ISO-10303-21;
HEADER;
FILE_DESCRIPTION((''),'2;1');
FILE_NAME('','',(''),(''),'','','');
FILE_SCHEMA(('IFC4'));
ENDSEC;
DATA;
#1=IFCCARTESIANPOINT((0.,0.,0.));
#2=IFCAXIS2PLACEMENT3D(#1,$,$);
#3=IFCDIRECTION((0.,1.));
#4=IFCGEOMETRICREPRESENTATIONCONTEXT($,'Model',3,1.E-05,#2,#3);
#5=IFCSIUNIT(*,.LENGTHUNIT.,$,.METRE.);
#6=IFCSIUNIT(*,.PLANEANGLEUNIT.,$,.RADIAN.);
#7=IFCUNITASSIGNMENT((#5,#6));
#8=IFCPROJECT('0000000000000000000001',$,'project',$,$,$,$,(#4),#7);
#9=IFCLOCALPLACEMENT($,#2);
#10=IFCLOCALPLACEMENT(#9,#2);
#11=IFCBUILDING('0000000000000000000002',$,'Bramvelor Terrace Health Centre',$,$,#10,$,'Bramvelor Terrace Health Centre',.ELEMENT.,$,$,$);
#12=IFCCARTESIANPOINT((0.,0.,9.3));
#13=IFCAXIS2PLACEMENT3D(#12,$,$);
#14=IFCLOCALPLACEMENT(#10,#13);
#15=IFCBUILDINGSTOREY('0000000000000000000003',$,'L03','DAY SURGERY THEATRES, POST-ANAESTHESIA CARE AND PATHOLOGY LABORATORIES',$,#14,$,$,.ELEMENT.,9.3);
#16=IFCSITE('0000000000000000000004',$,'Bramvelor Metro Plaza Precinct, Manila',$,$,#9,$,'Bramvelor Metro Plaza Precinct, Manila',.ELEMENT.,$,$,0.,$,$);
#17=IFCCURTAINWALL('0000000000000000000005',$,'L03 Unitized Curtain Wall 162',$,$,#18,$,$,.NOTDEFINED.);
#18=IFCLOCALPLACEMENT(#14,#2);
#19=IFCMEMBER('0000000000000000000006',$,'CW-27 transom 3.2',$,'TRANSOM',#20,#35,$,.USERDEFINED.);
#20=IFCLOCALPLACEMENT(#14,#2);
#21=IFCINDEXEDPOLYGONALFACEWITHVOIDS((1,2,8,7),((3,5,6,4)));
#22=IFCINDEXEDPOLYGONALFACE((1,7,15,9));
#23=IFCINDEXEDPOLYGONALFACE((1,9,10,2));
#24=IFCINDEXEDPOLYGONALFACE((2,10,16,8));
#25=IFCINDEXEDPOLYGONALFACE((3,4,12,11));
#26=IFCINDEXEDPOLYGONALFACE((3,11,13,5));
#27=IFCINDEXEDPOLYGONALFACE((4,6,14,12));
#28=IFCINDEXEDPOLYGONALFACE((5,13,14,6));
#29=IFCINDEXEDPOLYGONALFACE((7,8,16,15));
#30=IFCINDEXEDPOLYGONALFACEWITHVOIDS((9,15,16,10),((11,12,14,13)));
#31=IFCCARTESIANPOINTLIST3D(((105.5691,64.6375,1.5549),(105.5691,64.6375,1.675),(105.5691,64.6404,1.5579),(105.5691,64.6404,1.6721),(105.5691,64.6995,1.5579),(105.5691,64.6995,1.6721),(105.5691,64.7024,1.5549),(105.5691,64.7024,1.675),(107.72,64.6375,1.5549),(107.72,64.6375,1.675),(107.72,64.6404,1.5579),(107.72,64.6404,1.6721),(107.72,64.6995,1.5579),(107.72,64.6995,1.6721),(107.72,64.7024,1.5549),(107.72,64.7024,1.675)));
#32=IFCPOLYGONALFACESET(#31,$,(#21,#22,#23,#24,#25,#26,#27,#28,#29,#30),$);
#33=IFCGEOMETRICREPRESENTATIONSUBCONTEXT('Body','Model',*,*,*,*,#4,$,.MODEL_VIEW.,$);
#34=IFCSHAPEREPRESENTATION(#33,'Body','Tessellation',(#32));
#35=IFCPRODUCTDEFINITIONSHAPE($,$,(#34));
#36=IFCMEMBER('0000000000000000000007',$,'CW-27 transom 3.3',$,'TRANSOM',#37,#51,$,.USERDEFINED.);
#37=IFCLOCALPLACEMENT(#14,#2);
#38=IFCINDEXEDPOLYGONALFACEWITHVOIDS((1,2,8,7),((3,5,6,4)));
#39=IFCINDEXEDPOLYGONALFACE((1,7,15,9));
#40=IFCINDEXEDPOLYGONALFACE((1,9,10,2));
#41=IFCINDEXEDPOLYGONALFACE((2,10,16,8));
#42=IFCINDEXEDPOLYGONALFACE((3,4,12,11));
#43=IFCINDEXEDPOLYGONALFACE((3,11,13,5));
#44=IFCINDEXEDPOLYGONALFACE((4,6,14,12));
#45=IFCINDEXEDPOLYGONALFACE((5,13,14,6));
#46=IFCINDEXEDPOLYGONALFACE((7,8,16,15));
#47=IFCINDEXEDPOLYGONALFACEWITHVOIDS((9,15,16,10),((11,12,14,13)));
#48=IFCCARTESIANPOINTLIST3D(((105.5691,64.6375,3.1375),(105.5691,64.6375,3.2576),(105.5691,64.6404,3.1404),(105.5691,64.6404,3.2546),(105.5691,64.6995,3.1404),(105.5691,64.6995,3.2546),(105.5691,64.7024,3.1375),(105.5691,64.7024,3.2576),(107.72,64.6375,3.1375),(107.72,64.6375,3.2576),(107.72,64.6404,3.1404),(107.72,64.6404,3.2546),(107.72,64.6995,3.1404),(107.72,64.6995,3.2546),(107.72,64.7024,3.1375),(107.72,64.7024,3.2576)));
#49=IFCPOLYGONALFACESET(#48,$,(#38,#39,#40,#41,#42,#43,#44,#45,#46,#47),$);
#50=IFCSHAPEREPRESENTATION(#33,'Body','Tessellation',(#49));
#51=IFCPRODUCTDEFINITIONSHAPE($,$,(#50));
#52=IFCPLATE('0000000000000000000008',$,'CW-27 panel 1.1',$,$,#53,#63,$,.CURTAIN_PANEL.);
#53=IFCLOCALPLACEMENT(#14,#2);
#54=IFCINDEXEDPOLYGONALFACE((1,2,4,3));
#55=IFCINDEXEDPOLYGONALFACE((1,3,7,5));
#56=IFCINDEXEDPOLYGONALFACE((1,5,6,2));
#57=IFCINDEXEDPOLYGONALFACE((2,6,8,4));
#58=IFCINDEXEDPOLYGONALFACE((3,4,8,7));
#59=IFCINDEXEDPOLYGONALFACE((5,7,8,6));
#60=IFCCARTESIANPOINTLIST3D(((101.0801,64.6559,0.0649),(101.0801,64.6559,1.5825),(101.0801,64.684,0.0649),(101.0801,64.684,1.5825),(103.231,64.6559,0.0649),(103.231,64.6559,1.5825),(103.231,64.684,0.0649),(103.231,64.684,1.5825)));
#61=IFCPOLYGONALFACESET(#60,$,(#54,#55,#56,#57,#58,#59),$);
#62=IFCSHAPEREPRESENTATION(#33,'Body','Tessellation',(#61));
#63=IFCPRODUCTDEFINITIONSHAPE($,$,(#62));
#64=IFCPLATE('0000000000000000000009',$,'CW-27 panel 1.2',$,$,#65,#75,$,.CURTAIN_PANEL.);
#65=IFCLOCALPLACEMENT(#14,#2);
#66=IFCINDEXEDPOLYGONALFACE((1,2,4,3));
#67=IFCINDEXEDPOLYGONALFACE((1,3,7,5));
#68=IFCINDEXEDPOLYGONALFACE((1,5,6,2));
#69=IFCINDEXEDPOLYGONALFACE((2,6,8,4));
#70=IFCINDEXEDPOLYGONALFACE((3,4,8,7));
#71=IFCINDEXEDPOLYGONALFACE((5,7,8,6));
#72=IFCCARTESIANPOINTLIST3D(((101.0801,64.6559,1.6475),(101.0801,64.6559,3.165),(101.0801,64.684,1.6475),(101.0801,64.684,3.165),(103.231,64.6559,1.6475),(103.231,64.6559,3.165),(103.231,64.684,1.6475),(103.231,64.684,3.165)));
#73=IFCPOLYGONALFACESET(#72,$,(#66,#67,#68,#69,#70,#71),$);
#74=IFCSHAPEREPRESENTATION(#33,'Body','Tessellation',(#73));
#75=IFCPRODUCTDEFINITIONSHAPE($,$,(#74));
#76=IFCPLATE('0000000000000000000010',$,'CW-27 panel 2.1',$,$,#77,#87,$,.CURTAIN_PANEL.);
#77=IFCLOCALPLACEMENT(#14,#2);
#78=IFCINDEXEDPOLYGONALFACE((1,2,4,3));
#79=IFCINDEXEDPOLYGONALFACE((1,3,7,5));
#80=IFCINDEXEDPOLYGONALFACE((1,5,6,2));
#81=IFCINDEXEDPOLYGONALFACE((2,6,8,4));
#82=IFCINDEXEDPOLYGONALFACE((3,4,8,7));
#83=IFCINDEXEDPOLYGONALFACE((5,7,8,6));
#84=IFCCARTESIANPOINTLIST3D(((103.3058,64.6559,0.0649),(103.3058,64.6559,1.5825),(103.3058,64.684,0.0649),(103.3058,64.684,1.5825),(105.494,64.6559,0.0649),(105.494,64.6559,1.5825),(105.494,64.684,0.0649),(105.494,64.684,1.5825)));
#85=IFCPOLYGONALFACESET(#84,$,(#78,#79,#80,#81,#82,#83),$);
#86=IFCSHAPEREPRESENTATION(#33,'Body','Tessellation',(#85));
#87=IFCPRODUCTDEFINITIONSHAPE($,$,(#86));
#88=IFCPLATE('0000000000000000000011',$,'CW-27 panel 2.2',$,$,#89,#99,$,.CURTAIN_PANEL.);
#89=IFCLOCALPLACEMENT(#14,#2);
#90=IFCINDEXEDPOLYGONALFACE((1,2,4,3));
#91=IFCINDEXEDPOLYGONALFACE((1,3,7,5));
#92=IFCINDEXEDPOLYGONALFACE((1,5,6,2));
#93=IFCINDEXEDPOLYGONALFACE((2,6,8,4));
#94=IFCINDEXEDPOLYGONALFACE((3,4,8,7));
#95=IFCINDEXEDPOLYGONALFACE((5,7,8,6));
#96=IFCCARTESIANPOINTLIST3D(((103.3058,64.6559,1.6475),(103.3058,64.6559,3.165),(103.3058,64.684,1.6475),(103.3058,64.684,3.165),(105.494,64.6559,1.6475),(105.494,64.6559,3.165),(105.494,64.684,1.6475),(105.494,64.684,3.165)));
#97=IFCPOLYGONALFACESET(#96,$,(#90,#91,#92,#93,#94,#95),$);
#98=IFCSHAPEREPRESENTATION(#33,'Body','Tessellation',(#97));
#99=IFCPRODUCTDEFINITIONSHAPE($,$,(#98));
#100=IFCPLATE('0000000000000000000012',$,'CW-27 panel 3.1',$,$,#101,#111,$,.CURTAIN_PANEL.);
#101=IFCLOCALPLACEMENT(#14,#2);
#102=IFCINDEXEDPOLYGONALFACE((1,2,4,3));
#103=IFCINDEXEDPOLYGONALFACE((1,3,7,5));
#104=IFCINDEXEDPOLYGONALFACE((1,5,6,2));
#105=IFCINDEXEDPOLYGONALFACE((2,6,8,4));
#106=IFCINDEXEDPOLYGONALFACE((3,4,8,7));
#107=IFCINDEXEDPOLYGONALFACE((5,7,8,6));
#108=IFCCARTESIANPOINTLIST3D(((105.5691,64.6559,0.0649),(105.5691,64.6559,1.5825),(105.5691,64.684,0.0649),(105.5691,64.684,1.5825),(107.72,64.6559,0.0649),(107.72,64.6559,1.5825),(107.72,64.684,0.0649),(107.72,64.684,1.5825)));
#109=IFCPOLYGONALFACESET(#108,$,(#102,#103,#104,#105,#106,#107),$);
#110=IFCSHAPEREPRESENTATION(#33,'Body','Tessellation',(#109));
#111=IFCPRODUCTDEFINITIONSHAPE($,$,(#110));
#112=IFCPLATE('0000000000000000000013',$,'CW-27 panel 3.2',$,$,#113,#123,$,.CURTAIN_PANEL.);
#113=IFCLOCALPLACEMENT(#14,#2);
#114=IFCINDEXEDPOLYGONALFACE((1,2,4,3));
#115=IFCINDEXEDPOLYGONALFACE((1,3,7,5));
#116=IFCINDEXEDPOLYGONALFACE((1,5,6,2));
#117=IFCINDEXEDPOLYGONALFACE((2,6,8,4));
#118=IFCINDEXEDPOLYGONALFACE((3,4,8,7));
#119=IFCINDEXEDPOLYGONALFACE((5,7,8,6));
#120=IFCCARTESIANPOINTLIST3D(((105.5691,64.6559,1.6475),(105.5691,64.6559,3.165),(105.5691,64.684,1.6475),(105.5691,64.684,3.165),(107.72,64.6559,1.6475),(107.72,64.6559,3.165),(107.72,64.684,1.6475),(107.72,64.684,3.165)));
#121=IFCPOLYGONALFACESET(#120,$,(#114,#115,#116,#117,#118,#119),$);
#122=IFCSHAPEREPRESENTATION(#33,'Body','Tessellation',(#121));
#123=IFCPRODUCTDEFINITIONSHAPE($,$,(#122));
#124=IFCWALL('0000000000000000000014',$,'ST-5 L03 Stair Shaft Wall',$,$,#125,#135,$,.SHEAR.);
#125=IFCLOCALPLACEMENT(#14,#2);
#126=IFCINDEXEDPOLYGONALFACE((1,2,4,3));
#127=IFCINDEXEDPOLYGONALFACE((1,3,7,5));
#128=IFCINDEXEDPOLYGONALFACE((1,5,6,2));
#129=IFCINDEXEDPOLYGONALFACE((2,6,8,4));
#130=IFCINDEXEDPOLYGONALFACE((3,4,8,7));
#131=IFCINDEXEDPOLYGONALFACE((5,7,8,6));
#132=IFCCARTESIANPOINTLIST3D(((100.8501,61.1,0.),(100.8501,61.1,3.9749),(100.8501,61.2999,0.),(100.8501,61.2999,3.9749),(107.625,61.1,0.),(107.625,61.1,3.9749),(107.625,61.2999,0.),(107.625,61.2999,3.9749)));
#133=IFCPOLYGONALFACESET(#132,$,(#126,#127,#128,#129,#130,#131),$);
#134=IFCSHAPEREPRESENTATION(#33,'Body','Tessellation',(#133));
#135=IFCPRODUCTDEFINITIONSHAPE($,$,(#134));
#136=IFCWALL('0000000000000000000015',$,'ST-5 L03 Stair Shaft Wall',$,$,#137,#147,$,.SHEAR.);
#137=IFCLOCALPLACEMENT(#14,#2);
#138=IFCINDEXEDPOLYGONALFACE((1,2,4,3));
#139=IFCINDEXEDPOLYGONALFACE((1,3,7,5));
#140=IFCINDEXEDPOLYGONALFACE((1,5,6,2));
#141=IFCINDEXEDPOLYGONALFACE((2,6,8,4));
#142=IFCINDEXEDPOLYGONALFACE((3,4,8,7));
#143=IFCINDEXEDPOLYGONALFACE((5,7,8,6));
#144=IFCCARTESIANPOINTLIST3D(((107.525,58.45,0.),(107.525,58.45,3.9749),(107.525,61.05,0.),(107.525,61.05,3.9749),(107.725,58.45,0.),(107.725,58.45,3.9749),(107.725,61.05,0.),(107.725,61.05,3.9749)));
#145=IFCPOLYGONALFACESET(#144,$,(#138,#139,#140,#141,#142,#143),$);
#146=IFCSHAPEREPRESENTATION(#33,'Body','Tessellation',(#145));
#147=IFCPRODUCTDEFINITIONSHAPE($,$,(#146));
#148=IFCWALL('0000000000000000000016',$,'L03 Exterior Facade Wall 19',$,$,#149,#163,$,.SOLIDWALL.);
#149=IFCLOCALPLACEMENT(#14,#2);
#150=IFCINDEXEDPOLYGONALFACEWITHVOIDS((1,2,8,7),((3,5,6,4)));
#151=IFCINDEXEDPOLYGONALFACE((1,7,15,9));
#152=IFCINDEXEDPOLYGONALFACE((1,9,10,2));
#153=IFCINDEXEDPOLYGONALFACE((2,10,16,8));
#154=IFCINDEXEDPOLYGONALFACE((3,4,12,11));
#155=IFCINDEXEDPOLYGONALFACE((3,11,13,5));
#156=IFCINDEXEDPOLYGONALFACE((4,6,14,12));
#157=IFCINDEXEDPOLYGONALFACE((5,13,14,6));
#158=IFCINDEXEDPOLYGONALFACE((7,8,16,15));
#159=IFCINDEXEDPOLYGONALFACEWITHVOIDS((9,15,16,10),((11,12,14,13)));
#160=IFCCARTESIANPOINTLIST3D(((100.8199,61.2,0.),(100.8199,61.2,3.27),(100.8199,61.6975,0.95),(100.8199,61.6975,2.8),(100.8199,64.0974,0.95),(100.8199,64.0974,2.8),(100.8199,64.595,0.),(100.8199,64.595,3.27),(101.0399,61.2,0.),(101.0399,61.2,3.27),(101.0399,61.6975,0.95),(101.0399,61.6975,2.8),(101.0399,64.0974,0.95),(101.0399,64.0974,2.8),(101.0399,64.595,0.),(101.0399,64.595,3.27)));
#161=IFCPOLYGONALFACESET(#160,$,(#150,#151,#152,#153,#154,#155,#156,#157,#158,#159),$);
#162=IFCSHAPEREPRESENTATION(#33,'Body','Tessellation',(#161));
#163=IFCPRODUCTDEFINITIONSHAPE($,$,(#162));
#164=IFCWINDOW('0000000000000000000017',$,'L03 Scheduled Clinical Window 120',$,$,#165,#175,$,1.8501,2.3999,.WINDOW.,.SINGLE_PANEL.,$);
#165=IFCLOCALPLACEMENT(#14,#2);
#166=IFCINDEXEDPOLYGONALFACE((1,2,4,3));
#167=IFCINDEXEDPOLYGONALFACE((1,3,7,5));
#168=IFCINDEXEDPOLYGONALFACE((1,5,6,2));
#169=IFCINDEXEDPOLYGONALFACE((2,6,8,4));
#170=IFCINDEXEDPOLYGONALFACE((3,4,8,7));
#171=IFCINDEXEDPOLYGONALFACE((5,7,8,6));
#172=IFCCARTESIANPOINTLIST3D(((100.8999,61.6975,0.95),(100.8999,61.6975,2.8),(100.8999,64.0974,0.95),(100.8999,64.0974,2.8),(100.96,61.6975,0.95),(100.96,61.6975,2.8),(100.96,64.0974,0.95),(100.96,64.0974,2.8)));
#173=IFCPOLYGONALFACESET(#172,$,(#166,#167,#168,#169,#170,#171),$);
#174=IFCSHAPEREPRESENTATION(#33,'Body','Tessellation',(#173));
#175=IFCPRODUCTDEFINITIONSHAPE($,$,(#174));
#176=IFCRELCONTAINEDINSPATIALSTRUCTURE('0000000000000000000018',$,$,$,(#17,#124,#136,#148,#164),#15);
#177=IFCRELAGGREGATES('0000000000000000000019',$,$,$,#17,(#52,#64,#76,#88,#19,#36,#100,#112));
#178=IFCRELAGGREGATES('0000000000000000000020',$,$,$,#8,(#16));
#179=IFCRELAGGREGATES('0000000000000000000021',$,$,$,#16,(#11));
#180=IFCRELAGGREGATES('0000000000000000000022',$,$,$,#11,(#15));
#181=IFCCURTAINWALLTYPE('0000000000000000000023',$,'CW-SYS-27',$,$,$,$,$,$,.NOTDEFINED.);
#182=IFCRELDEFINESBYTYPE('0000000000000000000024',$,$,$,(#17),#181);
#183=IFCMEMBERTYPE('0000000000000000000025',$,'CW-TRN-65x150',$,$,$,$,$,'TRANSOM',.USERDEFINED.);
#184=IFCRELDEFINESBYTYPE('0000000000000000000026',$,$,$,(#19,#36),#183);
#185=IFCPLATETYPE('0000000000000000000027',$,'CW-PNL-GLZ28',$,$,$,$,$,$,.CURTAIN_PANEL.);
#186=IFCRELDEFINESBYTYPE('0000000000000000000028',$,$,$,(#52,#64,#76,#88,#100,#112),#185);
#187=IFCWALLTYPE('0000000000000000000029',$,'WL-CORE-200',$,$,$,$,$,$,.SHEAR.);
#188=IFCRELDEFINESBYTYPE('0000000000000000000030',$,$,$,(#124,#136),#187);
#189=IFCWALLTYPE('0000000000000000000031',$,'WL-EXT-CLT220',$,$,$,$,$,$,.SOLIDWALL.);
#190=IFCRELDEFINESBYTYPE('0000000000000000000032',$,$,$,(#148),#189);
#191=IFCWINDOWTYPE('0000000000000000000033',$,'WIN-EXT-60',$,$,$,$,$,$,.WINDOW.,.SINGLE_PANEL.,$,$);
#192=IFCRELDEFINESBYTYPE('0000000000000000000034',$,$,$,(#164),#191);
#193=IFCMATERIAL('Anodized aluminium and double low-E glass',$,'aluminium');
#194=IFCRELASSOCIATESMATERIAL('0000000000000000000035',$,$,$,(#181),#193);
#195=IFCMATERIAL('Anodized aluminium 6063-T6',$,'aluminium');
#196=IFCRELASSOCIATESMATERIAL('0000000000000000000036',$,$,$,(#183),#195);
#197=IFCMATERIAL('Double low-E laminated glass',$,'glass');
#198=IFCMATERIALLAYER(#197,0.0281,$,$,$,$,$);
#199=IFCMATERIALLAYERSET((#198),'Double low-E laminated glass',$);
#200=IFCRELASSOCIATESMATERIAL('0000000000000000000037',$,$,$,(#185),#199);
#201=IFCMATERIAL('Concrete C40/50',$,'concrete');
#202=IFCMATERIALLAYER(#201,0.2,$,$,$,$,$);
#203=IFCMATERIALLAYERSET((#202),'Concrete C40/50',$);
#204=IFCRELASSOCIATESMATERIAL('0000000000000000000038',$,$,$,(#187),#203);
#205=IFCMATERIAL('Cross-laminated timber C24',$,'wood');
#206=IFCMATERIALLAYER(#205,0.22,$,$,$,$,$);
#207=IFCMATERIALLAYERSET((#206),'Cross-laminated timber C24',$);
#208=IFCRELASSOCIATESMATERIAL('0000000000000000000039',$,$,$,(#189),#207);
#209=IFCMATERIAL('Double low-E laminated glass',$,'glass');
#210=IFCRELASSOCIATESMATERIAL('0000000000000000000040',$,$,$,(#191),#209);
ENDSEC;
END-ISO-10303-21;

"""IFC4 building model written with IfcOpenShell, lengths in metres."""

from ifc_helpers import new_model, si_unit, direction, frame, frame_2d, origin, origin_2d, place, context, subcontext, project, spatial, rectangle, hollow_rectangle, extrude, material, layer, layer_set, material_profile, profile_set, type_object, element, fill, aggregate, save


model = new_model("IFC4")

# Units and contexts
model_context = context("Model", 3, precision=1e-05, world=origin(), true_north=direction((0.0, 1.0)))
body_context = subcontext(model_context, "Body", "Model", "MODEL_VIEW")
ifc_project = project(units=[si_unit("LENGTHUNIT", "METRE"), si_unit("PLANEANGLEUNIT", "RADIAN")], contexts=[model_context])

# Site, building, storey
site_placement = place(None, origin())
site = spatial("IfcSite", under=ifc_project, at=site_placement, Name="Bramvelor Metro Plaza Precinct, Manila", LongName="Bramvelor Metro Plaza Precinct, Manila", CompositionType="ELEMENT", RefElevation=0.0)
building_placement = place(site_placement, origin())
building = spatial("IfcBuilding", under=site, at=building_placement, Name="Bramvelor Terrace Health Centre", LongName="Bramvelor Terrace Health Centre", CompositionType="ELEMENT")
storey_placement = place(building_placement, frame((0.0, 0.0, 9.3)))
storey = spatial("IfcBuildingStorey", under=building, at=storey_placement, Name="L03", Description="DAY SURGERY THEATRES, POST-ANAESTHESIA CARE AND PATHOLOGY LABORATORIES", CompositionType="ELEMENT", Elevation=9.3)

# Curtain wall, members, plates
ifc_material_1 = material(Name="Anodized aluminium and double low-E glass", Category="aluminium")
curtain_wall_type = type_object("IfcCurtainWallType", Name="CW-SYS-27", PredefinedType="NOTDEFINED", material=ifc_material_1)
curtain_wall_placement = place(storey_placement, origin())
curtain_wall = element("IfcCurtainWall", 1, at=curtain_wall_placement, inside=storey, type_object=curtain_wall_type, Name="L03 Unitized Curtain Wall 162", PredefinedType="NOTDEFINED")
ifc_material_2 = material(Name="Anodized aluminium 6063-T6", Category="aluminium")
ifc_material_profile_1 = material_profile(ifc_material_2, hollow_rectangle(XDim=0.0649, YDim=0.1201, WallThickness=0.0029, at=origin_2d()), Name="ALU-TRN 65x120x3.0")
ifc_profile_set_1 = profile_set([ifc_material_profile_1], Name="Anodized aluminium 6063-T6")
member_type_1 = type_object("IfcMemberType", Name="CW-TRN-65x150", ElementType="TRANSOM", PredefinedType="USERDEFINED", material=ifc_profile_set_1)
member_1_placement = place(storey_placement, frame((105.5691, 64.6699, 1.615), z_axis=(1.0, 0.0, 0.0), x_axis=(0.0, 1.0, 0.0)))
member_1 = element("IfcMember", 2, at=member_1_placement, type_object=member_type_1, Name="CW-27 transom 3.2", ObjectType="TRANSOM", PredefinedType="USERDEFINED", context=body_context, shape_type="SweptSolid", body=[
    extrude(hollow_rectangle(XDim=0.0649, YDim=0.1201, WallThickness=0.0029, at=origin_2d()), origin(), (0.0, 0.0, 1.0), 2.1509),
])
member_2_placement = place(storey_placement, frame((105.5691, 64.6699, 3.1975), z_axis=(1.0, 0.0, 0.0), x_axis=(0.0, 1.0, 0.0)))
member_2 = element("IfcMember", 3, at=member_2_placement, type_object=member_type_1, Name="CW-27 transom 3.3", ObjectType="TRANSOM", PredefinedType="USERDEFINED", context=body_context, shape_type="SweptSolid", body=[
    extrude(hollow_rectangle(XDim=0.0649, YDim=0.1201, WallThickness=0.0029, at=origin_2d()), origin(), (0.0, 0.0, 1.0), 2.1509),
])
ifc_material_3 = material(Name="Double low-E laminated glass", Category="glass")
ifc_layer_1 = layer(ifc_material_3, 0.0281)
ifc_layer_set_1 = layer_set([ifc_layer_1], Name="Double low-E laminated glass")
plate_type = type_object("IfcPlateType", Name="CW-PNL-GLZ28", PredefinedType="CURTAIN_PANEL", material=ifc_layer_set_1)
plate_1_placement = place(storey_placement, frame((102.1555, 64.6699, 0.0649), z_axis=(0.0, 0.0, 1.0), x_axis=(1.0, 0.0, 0.0)))
plate_1 = element("IfcPlate", 4, at=plate_1_placement, type_object=plate_type, Name="CW-27 panel 1.1", PredefinedType="CURTAIN_PANEL", context=body_context, shape_type="SweptSolid", body=[
    extrude(rectangle(XDim=2.1509, YDim=0.0281, at=origin_2d()), origin(), (0.0, 0.0, 1.0), 1.5176),
])
plate_2_placement = place(storey_placement, frame((102.1555, 64.6699, 1.6475), z_axis=(0.0, 0.0, 1.0), x_axis=(1.0, 0.0, 0.0)))
plate_2 = element("IfcPlate", 5, at=plate_2_placement, type_object=plate_type, Name="CW-27 panel 1.2", PredefinedType="CURTAIN_PANEL", context=body_context, shape_type="SweptSolid", body=[
    extrude(rectangle(XDim=2.1509, YDim=0.0281, at=origin_2d()), origin(), (0.0, 0.0, 1.0), 1.5176),
])
plate_3_placement = place(storey_placement, frame((104.3999, 64.6699, 0.0649), z_axis=(0.0, 0.0, 1.0), x_axis=(1.0, 0.0, 0.0)))
plate_3 = element("IfcPlate", 6, at=plate_3_placement, type_object=plate_type, Name="CW-27 panel 2.1", PredefinedType="CURTAIN_PANEL", context=body_context, shape_type="SweptSolid", body=[
    extrude(rectangle(XDim=2.1882, YDim=0.0281, at=origin_2d()), origin(), (0.0, 0.0, 1.0), 1.5176),
])
plate_4_placement = place(storey_placement, frame((104.3999, 64.6699, 1.6475), z_axis=(0.0, 0.0, 1.0), x_axis=(1.0, 0.0, 0.0)))
plate_4 = element("IfcPlate", 7, at=plate_4_placement, type_object=plate_type, Name="CW-27 panel 2.2", PredefinedType="CURTAIN_PANEL", context=body_context, shape_type="SweptSolid", body=[
    extrude(rectangle(XDim=2.1882, YDim=0.0281, at=origin_2d()), origin(), (0.0, 0.0, 1.0), 1.5176),
])
plate_5_placement = place(storey_placement, frame((106.6445, 64.6699, 0.0649), z_axis=(0.0, 0.0, 1.0), x_axis=(1.0, 0.0, 0.0)))
plate_5 = element("IfcPlate", 8, at=plate_5_placement, type_object=plate_type, Name="CW-27 panel 3.1", PredefinedType="CURTAIN_PANEL", context=body_context, shape_type="SweptSolid", body=[
    extrude(rectangle(XDim=2.1509, YDim=0.0281, at=origin_2d()), origin(), (0.0, 0.0, 1.0), 1.5176),
])
plate_6_placement = place(storey_placement, frame((106.6445, 64.6699, 1.6475), z_axis=(0.0, 0.0, 1.0), x_axis=(1.0, 0.0, 0.0)))
plate_6 = element("IfcPlate", 9, at=plate_6_placement, type_object=plate_type, Name="CW-27 panel 3.2", PredefinedType="CURTAIN_PANEL", context=body_context, shape_type="SweptSolid", body=[
    extrude(rectangle(XDim=2.1509, YDim=0.0281, at=origin_2d()), origin(), (0.0, 0.0, 1.0), 1.5176),
])
aggregate(curtain_wall, [plate_1, plate_2, plate_3, plate_4, member_1, member_2, plate_5, plate_6])

# Walls
ifc_material_4 = material(Name="Concrete C40/50", Category="concrete")
ifc_layer_2 = layer(ifc_material_4, 0.2)
ifc_layer_set_2 = layer_set([ifc_layer_2], Name="Concrete C40/50")
wall_type_1 = type_object("IfcWallType", Name="WL-CORE-200", PredefinedType="SHEAR", material=ifc_layer_set_2)
wall_1_placement = place(storey_placement, frame((100.8501, 61.2, 0.0), z_axis=(0.0, 0.0, 1.0), x_axis=(1.0, 0.0, 0.0)))
element("IfcWall", 10, at=wall_1_placement, inside=storey, type_object=wall_type_1, Name="ST-5 L03 Stair Shaft Wall", PredefinedType="SHEAR", context=body_context, shape_type="SweptSolid", body=[
    extrude(rectangle(XDim=6.7749, YDim=0.2, at=frame_2d((3.3875, 0.0))), origin(), (0.0, 0.0, 1.0), 3.9749),
])
wall_2_placement = place(storey_placement, frame((107.625, 58.45, 0.0), z_axis=(0.0, 0.0, 1.0), x_axis=(0.0, 1.0, 0.0)))
element("IfcWall", 11, at=wall_2_placement, inside=storey, type_object=wall_type_1, Name="ST-5 L03 Stair Shaft Wall", PredefinedType="SHEAR", context=body_context, shape_type="SweptSolid", body=[
    extrude(rectangle(XDim=2.6001, YDim=0.2, at=frame_2d((1.3, 0.0))), origin(), (0.0, 0.0, 1.0), 3.9749),
])

# Wall, opening, window
ifc_material_5 = material(Name="Cross-laminated timber C24", Category="wood")
ifc_layer_3 = layer(ifc_material_5, 0.22)
ifc_layer_set_3 = layer_set([ifc_layer_3], Name="Cross-laminated timber C24")
wall_type_2 = type_object("IfcWallType", Name="WL-EXT-CLT220", PredefinedType="SOLIDWALL", material=ifc_layer_set_3)
wall_3_placement = place(storey_placement, frame((100.9299, 61.2, 0.0), z_axis=(0.0, 0.0, 1.0), x_axis=(0.0, 1.0, 0.0)))
wall_3 = element("IfcWall", 12, at=wall_3_placement, inside=storey, type_object=wall_type_2, Name="L03 Exterior Facade Wall 19", PredefinedType="SOLIDWALL", context=body_context, shape_type="SweptSolid", body=[
    extrude(rectangle(XDim=3.395, YDim=0.22, at=frame_2d((1.6975, 0.0))), origin(), (0.0, 0.0, 1.0), 3.27),
])
opening_placement = place(wall_3_placement, frame((0.4976, 0.0, 0.95)))
opening = element("IfcOpeningElement", 13, at=opening_placement, cuts=wall_3, PredefinedType="OPENING", context=body_context, shape_type="SweptSolid", body=[
    extrude(rectangle(XDim=2.3999, YDim=1.8501, at=frame_2d((1.2, 0.925))), frame((0.0, 0.1199, 0.0), z_axis=(0.0, -1.0, 0.0), x_axis=(1.0, 0.0, 0.0)), (0.0, 0.0, 1.0), 0.24),
])
ifc_material_6 = material(Name="Double low-E laminated glass", Category="glass")
window_type = type_object("IfcWindowType", Name="WIN-EXT-60", PartitioningType="SINGLE_PANEL", PredefinedType="WINDOW", material=ifc_material_6)
window_placement = place(opening_placement, origin())
window = element("IfcWindow", 14, at=window_placement, inside=storey, type_object=window_type, Name="L03 Scheduled Clinical Window 120", OverallHeight=1.8501, OverallWidth=2.3999, PartitioningType="SINGLE_PANEL", PredefinedType="WINDOW", context=body_context, shape_type="SweptSolid", body=[
    extrude(rectangle(XDim=2.3999, YDim=1.8501, at=frame_2d((1.2, 0.925))), frame((0.0, 0.03, 0.0), z_axis=(0.0, -1.0, 0.0), x_axis=(1.0, 0.0, 0.0)), (0.0, 0.0, 1.0), 0.0601),
])
fill(opening, window)

save(model, "model.ifc")
